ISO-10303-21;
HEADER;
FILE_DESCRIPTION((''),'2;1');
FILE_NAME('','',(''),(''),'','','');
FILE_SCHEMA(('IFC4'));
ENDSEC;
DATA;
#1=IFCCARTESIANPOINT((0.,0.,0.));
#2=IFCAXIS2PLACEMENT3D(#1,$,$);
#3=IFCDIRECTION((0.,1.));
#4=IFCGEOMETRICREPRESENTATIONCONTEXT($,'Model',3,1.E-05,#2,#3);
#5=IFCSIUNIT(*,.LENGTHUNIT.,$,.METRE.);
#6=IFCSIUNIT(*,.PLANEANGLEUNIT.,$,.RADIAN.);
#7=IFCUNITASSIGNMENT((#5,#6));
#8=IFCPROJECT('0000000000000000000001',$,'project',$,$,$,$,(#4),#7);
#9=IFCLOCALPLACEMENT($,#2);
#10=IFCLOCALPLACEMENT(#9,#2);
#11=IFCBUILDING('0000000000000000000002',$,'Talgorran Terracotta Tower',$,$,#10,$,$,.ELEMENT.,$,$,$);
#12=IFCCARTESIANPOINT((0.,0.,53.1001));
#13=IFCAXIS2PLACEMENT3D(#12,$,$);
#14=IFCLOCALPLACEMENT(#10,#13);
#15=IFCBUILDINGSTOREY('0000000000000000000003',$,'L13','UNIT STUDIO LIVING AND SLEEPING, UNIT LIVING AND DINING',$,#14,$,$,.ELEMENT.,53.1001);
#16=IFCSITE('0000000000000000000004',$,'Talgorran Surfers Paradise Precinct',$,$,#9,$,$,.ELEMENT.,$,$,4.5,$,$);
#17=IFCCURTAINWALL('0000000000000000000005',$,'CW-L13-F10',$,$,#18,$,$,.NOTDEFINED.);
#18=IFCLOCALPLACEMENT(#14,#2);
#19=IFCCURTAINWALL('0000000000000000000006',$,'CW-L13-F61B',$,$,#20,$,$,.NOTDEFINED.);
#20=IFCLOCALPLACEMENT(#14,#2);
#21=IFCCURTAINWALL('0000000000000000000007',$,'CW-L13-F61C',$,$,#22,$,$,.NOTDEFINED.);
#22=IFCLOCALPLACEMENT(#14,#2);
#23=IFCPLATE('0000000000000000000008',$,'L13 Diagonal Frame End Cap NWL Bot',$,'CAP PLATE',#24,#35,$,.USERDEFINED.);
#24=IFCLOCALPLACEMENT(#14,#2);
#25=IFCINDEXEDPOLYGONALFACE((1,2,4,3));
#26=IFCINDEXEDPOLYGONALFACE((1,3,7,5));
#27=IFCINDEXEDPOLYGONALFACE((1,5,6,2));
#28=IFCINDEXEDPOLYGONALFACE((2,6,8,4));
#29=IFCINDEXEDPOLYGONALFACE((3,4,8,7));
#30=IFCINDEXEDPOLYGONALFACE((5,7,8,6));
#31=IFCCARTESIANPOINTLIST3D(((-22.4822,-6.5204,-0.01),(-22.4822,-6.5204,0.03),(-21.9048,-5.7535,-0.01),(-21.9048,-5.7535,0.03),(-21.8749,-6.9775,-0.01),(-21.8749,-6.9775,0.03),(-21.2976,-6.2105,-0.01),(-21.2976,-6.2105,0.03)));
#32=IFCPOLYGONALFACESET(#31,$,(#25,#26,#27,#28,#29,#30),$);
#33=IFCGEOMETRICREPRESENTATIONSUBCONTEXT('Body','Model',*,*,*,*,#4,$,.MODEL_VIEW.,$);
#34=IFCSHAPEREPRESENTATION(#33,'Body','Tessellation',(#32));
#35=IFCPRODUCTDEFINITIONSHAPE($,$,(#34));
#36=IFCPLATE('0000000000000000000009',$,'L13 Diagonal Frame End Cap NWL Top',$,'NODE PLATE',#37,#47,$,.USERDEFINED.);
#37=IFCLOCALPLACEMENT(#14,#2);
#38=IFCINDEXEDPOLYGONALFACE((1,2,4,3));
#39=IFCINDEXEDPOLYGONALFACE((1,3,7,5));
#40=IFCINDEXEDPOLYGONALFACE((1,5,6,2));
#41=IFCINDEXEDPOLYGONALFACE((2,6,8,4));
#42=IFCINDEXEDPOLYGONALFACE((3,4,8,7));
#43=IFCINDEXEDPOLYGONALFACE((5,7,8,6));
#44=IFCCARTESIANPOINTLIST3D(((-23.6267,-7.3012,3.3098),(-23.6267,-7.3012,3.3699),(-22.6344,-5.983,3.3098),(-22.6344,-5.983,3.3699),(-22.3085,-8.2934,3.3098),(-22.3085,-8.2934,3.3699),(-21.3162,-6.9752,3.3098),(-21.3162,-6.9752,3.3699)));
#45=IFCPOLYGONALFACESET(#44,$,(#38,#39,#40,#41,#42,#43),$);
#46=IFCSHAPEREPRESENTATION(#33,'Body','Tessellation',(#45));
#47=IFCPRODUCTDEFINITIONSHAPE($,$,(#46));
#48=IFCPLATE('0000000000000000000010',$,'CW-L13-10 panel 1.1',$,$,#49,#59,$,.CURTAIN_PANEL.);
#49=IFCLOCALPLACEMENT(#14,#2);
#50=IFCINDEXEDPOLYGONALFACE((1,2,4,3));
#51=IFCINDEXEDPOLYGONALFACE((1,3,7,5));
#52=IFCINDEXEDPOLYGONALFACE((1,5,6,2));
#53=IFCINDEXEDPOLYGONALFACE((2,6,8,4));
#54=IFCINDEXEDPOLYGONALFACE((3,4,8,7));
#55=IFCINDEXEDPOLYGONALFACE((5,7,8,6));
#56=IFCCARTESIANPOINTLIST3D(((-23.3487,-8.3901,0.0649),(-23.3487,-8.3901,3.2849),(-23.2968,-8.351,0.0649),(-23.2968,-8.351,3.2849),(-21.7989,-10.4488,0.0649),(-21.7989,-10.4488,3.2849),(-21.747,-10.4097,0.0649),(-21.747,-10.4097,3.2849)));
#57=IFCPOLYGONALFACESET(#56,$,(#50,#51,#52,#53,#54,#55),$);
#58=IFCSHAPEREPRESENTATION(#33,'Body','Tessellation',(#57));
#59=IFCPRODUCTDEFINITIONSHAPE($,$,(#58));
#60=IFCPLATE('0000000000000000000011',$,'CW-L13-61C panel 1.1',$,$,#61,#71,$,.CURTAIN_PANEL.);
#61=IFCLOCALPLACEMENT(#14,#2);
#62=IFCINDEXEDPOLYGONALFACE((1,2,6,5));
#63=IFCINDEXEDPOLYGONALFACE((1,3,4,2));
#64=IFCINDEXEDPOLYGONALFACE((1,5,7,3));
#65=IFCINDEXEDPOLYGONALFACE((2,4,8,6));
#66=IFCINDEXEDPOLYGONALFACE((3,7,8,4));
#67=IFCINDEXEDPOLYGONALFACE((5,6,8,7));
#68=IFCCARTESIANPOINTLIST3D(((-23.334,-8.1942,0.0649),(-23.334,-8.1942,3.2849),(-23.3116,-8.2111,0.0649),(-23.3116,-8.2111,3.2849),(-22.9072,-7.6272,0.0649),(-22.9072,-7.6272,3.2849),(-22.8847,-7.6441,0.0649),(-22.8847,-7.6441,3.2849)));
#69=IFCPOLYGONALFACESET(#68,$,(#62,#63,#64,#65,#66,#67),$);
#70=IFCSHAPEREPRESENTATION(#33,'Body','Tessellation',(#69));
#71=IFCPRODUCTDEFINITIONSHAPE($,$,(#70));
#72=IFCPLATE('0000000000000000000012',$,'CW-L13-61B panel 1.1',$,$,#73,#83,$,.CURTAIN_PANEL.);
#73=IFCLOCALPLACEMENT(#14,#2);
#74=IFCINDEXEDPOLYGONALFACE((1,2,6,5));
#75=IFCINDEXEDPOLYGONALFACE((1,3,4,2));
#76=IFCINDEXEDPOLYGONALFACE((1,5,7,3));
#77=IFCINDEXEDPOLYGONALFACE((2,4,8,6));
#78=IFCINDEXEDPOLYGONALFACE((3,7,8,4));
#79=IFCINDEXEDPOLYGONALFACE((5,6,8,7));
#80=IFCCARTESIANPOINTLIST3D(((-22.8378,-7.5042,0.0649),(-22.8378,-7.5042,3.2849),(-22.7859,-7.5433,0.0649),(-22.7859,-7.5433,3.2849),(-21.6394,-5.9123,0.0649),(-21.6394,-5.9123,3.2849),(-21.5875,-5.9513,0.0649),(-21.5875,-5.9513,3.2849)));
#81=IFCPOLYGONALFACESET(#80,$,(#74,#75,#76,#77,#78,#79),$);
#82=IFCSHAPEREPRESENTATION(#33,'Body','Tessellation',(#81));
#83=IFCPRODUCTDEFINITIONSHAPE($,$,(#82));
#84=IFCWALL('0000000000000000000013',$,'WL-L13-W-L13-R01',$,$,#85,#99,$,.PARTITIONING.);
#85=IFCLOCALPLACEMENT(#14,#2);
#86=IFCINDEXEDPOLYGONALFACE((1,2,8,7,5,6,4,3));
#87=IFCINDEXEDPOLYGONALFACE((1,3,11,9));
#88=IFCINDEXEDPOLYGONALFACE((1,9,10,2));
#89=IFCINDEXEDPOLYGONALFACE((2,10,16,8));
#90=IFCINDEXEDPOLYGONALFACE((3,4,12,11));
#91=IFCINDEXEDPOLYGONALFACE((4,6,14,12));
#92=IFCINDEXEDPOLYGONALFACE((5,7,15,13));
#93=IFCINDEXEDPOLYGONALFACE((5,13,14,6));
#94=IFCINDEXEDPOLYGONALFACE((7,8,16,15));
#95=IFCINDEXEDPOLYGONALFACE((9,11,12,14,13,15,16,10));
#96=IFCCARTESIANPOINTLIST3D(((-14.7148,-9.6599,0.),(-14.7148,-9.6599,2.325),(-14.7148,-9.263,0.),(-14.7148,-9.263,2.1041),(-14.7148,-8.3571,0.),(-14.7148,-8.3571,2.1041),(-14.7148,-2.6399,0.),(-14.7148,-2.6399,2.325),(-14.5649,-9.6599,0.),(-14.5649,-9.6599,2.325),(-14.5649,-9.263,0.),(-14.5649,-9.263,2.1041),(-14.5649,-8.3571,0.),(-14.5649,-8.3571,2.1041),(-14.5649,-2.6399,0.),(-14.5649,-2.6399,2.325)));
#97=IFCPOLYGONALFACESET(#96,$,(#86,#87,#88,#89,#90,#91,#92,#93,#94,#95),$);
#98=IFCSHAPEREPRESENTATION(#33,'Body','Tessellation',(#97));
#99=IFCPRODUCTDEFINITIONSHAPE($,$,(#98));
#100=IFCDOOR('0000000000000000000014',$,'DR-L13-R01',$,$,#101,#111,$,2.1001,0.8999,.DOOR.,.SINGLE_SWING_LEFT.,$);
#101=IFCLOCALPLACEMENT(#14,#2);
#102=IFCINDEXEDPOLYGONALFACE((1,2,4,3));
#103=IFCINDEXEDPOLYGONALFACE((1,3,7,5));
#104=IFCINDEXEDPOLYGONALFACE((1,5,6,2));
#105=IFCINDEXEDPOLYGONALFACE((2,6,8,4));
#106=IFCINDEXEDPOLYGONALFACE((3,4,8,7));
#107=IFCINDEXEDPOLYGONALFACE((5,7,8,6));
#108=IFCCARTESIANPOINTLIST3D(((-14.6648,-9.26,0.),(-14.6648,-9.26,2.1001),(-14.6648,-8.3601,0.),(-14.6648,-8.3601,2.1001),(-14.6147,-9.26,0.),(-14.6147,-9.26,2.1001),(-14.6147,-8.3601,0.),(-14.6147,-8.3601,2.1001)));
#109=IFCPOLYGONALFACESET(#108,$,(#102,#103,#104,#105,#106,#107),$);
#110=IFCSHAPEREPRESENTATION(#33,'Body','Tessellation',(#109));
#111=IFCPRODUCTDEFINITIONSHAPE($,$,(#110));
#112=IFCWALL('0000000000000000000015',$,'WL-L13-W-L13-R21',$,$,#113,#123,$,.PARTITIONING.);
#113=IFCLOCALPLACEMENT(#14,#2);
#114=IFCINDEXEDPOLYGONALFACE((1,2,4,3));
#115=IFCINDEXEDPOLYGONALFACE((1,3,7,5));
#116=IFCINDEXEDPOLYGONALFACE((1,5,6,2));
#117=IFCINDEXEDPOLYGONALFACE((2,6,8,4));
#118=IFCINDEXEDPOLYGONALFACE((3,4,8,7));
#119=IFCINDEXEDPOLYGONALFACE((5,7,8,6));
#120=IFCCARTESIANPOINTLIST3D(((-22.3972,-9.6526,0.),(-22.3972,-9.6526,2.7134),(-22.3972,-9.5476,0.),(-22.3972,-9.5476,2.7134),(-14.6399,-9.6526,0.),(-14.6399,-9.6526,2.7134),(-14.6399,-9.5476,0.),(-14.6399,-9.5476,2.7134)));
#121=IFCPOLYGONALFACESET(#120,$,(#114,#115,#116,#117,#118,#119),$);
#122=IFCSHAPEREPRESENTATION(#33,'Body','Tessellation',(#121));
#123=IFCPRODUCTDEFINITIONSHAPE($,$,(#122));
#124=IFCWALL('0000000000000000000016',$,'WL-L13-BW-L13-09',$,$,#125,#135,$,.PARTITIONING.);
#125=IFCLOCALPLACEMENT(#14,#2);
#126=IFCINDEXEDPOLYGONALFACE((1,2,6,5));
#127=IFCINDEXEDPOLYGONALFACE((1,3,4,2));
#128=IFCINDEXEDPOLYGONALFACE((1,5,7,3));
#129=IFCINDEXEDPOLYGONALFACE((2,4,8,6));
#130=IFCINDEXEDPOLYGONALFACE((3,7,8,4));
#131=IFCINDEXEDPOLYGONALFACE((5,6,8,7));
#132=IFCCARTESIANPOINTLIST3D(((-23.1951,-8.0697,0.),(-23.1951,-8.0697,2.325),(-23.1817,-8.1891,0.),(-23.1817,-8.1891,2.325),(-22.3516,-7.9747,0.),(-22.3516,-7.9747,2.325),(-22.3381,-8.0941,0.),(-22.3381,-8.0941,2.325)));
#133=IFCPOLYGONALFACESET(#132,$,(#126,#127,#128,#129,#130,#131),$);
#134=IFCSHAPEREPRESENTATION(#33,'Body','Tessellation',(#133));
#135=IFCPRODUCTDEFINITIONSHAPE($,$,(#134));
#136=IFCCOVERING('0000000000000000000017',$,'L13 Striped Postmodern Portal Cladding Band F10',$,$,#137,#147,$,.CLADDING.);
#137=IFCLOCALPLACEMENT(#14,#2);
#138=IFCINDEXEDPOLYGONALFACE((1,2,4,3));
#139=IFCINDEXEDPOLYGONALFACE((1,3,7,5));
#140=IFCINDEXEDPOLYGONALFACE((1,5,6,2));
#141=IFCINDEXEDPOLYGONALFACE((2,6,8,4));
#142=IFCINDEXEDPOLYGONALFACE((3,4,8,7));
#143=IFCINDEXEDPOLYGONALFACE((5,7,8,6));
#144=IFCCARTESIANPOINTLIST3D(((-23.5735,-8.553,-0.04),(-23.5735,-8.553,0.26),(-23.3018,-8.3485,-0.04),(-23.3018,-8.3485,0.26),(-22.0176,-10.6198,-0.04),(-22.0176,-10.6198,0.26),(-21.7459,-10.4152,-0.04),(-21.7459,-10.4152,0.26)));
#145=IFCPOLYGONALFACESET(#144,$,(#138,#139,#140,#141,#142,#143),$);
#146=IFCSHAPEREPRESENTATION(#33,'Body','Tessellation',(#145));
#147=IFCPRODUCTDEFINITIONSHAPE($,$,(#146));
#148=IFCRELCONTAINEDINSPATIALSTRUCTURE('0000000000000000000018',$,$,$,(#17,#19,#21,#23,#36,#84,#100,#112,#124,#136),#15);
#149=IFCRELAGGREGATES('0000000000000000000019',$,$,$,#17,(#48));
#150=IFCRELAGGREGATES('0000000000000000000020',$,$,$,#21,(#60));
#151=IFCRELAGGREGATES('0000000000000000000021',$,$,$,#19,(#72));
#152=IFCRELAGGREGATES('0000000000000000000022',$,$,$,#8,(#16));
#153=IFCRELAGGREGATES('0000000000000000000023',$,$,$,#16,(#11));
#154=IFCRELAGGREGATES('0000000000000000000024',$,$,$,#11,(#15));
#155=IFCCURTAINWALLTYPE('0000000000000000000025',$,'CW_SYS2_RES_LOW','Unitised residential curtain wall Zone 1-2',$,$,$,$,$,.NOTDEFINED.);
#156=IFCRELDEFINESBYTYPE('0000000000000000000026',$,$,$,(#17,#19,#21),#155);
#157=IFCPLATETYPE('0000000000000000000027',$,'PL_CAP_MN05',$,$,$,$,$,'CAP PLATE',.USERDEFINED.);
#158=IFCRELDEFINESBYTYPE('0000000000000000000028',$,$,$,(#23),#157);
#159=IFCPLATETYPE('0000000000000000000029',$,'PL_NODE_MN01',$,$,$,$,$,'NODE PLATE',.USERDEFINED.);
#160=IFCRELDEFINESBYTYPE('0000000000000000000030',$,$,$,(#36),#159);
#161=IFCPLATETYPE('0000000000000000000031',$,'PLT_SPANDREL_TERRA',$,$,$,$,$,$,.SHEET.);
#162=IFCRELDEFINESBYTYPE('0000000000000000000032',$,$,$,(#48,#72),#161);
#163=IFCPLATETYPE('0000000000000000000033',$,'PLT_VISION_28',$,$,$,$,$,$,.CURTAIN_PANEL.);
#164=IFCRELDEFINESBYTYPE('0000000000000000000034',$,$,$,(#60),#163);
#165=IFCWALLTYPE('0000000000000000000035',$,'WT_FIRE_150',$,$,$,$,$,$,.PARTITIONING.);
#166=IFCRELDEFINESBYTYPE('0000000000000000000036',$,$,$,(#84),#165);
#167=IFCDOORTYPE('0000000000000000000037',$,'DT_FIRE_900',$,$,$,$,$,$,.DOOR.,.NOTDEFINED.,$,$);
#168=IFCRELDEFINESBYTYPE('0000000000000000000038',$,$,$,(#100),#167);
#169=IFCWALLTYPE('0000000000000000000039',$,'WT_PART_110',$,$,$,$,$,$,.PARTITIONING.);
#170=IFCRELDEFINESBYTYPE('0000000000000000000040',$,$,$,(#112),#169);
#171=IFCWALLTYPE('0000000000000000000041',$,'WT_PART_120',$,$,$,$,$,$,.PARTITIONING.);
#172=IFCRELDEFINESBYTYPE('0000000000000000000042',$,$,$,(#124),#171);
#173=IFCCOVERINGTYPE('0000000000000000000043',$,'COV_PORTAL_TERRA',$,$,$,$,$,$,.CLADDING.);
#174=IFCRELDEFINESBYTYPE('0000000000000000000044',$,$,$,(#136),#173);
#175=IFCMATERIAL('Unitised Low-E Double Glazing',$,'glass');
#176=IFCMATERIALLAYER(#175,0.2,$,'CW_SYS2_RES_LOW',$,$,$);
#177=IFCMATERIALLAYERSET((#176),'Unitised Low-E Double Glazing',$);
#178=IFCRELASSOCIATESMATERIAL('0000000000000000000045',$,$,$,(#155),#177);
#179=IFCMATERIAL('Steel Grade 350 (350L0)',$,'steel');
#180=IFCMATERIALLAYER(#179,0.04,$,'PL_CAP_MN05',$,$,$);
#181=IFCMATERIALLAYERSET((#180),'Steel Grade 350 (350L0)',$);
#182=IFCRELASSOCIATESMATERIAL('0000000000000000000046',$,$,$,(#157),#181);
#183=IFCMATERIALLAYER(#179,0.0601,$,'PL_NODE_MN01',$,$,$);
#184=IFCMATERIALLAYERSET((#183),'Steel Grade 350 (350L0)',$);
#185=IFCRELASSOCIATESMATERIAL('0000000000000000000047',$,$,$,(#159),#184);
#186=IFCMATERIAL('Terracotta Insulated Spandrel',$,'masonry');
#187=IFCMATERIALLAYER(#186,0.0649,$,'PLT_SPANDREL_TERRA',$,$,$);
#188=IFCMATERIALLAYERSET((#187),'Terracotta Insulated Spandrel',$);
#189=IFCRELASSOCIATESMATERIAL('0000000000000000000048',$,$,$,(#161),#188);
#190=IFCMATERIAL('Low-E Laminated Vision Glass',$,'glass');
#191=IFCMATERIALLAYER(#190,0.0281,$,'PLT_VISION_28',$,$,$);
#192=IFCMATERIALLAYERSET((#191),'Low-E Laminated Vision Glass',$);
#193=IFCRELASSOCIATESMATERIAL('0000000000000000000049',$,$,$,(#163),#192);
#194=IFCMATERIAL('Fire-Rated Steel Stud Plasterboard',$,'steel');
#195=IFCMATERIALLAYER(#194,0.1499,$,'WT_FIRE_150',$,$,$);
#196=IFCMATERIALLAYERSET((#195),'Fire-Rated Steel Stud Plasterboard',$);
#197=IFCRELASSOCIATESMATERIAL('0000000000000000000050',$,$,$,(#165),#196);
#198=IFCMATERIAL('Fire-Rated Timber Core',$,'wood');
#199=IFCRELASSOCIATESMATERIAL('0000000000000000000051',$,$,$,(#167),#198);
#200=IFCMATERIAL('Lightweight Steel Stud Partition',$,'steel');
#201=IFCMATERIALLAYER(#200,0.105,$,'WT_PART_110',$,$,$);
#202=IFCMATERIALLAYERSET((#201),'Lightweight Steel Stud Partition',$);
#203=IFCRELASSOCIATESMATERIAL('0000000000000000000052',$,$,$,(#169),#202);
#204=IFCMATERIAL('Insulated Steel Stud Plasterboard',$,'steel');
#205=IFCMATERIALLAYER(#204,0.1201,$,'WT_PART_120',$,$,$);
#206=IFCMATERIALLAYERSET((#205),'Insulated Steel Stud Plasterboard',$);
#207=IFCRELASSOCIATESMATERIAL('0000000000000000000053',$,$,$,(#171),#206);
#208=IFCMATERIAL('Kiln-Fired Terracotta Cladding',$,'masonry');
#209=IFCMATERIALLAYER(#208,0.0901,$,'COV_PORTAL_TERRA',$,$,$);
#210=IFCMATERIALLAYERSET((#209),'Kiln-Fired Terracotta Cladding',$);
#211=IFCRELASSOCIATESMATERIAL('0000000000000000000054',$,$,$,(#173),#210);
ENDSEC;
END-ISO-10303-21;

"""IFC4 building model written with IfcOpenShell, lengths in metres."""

from ifc_helpers import new_model, si_unit, direction, frame, frame_2d, origin, origin_2d, place, context, subcontext, project, spatial, rectangle, extrude, source, transform, mapped, material, layer, layer_set, type_object, type_shapes, element, fill, aggregate, save


model = new_model("IFC4")

# Units and contexts
model_context = context("Model", 3, precision=1e-05, world=origin(), true_north=direction((0.0, 1.0)))
body_context = subcontext(model_context, "Body", "Model", "MODEL_VIEW")
ifc_project = project(units=[si_unit("LENGTHUNIT", "METRE"), si_unit("PLANEANGLEUNIT", "RADIAN")], contexts=[model_context])

# Site, building, storey
site_placement = place(None, origin())
site = spatial("IfcSite", under=ifc_project, at=site_placement, Name="Talgorran Surfers Paradise Precinct", CompositionType="ELEMENT", RefElevation=4.5)
building_placement = place(site_placement, origin())
building = spatial("IfcBuilding", under=site, at=building_placement, Name="Talgorran Terracotta Tower", CompositionType="ELEMENT")
storey_placement = place(building_placement, frame((0.0, 0.0, 53.1001)))
storey = spatial("IfcBuildingStorey", under=building, at=storey_placement, Name="L13", Description="UNIT STUDIO LIVING AND SLEEPING, UNIT LIVING AND DINING", CompositionType="ELEMENT", Elevation=53.1001)

# Shared definitions
ifc_material_1 = material(Name="Steel Grade 350 (350L0)", Category="steel")

# Curtain wall
ifc_material_2 = material(Name="Unitised Low-E Double Glazing", Category="glass")
ifc_layer_1 = layer(ifc_material_2, 0.2, Name="CW_SYS2_RES_LOW")
ifc_layer_set_1 = layer_set([ifc_layer_1], Name="Unitised Low-E Double Glazing")
curtain_wall_type = type_object("IfcCurtainWallType", Name="CW_SYS2_RES_LOW", Description="Unitised residential curtain wall Zone 1-2", PredefinedType="NOTDEFINED", material=ifc_layer_set_1)
curtain_wall_1_placement = place(storey_placement, origin())
curtain_wall_1 = element("IfcCurtainWall", 1, at=curtain_wall_1_placement, inside=storey, type_object=curtain_wall_type, Name="CW-L13-F10", PredefinedType="NOTDEFINED")

# Curtain wall
curtain_wall_2_placement = place(storey_placement, origin())
curtain_wall_2 = element("IfcCurtainWall", 2, at=curtain_wall_2_placement, inside=storey, type_object=curtain_wall_type, Name="CW-L13-F61B", PredefinedType="NOTDEFINED")

# Curtain wall
curtain_wall_3_placement = place(storey_placement, origin())
curtain_wall_3 = element("IfcCurtainWall", 3, at=curtain_wall_3_placement, inside=storey, type_object=curtain_wall_type, Name="CW-L13-F61C", PredefinedType="NOTDEFINED")

# Plates
ifc_layer_2 = layer(ifc_material_1, 0.04, Name="PL_CAP_MN05")
ifc_layer_set_2 = layer_set([ifc_layer_2], Name="Steel Grade 350 (350L0)")
plate_type_1 = type_object("IfcPlateType", Name="PL_CAP_MN05", ElementType="CAP PLATE", PredefinedType="USERDEFINED", material=ifc_layer_set_2)
plate_1_placement = place(storey_placement, frame((-21.8899, -6.3655, -0.01), z_axis=(0.0, 0.0, 1.0), x_axis=(-0.601397, -0.798951, 0.0)))
element("IfcPlate", 4, at=plate_1_placement, inside=storey, type_object=plate_type_1, Name="L13 Diagonal Frame End Cap NWL Bot", ObjectType="CAP PLATE", PredefinedType="USERDEFINED", context=body_context, shape_type="SweptSolid", body=[
    extrude(rectangle(XDim=0.96, YDim=0.76, at=origin_2d()), origin(), (0.0, 0.0, 1.0), 0.04),
])
ifc_layer_3 = layer(ifc_material_1, 0.0601, Name="PL_NODE_MN01")
ifc_layer_set_3 = layer_set([ifc_layer_3], Name="Steel Grade 350 (350L0)")
plate_type_2 = type_object("IfcPlateType", Name="PL_NODE_MN01", ElementType="NODE PLATE", PredefinedType="USERDEFINED", material=ifc_layer_set_3)
plate_2_placement = place(storey_placement, frame((-22.4714, -7.1382, 3.3098), z_axis=(0.0, 0.0, 1.0), x_axis=(-0.601397, -0.798951, 0.0)))
element("IfcPlate", 5, at=plate_2_placement, inside=storey, type_object=plate_type_2, Name="L13 Diagonal Frame End Cap NWL Top", ObjectType="NODE PLATE", PredefinedType="USERDEFINED", context=body_context, shape_type="SweptSolid", body=[
    extrude(rectangle(XDim=1.6499, YDim=1.6499, at=origin_2d()), origin(), (0.0, 0.0, 1.0), 0.0601),
])

# Plates
ifc_material_3 = material(Name="Terracotta Insulated Spandrel", Category="masonry")
ifc_layer_4 = layer(ifc_material_3, 0.0649, Name="PLT_SPANDREL_TERRA")
ifc_layer_set_4 = layer_set([ifc_layer_4], Name="Terracotta Insulated Spandrel")
plate_type_3 = type_object("IfcPlateType", Name="PLT_SPANDREL_TERRA", PredefinedType="SHEET", material=ifc_layer_set_4)
shared_shape_1 = source(origin(), body_context, "Body", "SweptSolid", [
    extrude(rectangle(XDim=2.5769, YDim=0.0649, at=origin_2d()), origin(), (0.0, 0.0, 1.0), 3.22),
])
plate_3_placement = place(storey_placement, frame((-22.5479, -9.3999, 0.0649), z_axis=(0.0, 0.0, 1.0), x_axis=(0.601435, -0.798922, 0.0)))
plate_3 = element("IfcPlate", 6, at=plate_3_placement, type_object=plate_type_3, Name="CW-L13-10 panel 1.1", PredefinedType="CURTAIN_PANEL", context=body_context, shape_type="MappedRepresentation", body=[
    mapped(shared_shape_1, transform((0.0, 0.0, 0.0), scale=1.0)),
])
aggregate(curtain_wall_1, [plate_3])
ifc_material_4 = material(Name="Low-E Laminated Vision Glass", Category="glass")
ifc_layer_5 = layer(ifc_material_4, 0.0281, Name="PLT_VISION_28")
ifc_layer_set_5 = layer_set([ifc_layer_5], Name="Low-E Laminated Vision Glass")
plate_type_4 = type_object("IfcPlateType", Name="PLT_VISION_28", PredefinedType="CURTAIN_PANEL", material=ifc_layer_set_5)
shared_shape_2 = source(origin(), body_context, "Body", "SweptSolid", [
    extrude(rectangle(XDim=0.7097, YDim=0.0281, at=origin_2d()), origin(), (0.0, 0.0, 1.0), 3.22),
])
type_shapes(plate_type_4, [shared_shape_2])
plate_4_placement = place(storey_placement, frame((-23.1094, -7.9192, 0.0649), z_axis=(0.0, 0.0, 1.0), x_axis=(-0.601447, -0.798913, 0.0)))
plate_4 = element("IfcPlate", 7, at=plate_4_placement, type_object=plate_type_4, Name="CW-L13-61C panel 1.1", PredefinedType="CURTAIN_PANEL", context=body_context, shape_type="MappedRepresentation", body=[
    mapped(shared_shape_2, transform((0.0, 0.0, 0.0), scale=1.0)),
])
aggregate(curtain_wall_3, [plate_4])
shared_shape_3 = source(origin(), body_context, "Body", "SweptSolid", [
    extrude(rectangle(XDim=1.9927, YDim=0.0649, at=origin_2d()), origin(), (0.0, 0.0, 1.0), 3.22),
])
type_shapes(plate_type_3, [shared_shape_1, shared_shape_3])
plate_5_placement = place(storey_placement, frame((-22.2126, -6.7278, 0.0649), z_axis=(0.0, 0.0, 1.0), x_axis=(-0.601439, -0.798919, 0.0)))
plate_5 = element("IfcPlate", 8, at=plate_5_placement, type_object=plate_type_3, Name="CW-L13-61B panel 1.1", PredefinedType="CURTAIN_PANEL", context=body_context, shape_type="MappedRepresentation", body=[
    mapped(shared_shape_3, transform((0.0, 0.0, 0.0), scale=1.0)),
])
aggregate(curtain_wall_2, [plate_5])

# Wall, opening, door
ifc_material_5 = material(Name="Fire-Rated Steel Stud Plasterboard", Category="steel")
ifc_layer_6 = layer(ifc_material_5, 0.1499, Name="WT_FIRE_150")
ifc_layer_set_6 = layer_set([ifc_layer_6], Name="Fire-Rated Steel Stud Plasterboard")
wall_type_1 = type_object("IfcWallType", Name="WT_FIRE_150", PredefinedType="PARTITIONING", material=ifc_layer_set_6)
wall_1_placement = place(storey_placement, frame((-14.6399, -9.6599, 0.0), z_axis=(0.0, 0.0, 1.0), x_axis=(0.0, 1.0, 0.0)))
wall_1 = element("IfcWall", 9, at=wall_1_placement, inside=storey, type_object=wall_type_1, Name="WL-L13-W-L13-R01", PredefinedType="PARTITIONING", context=body_context, shape_type="SweptSolid", body=[
    extrude(rectangle(XDim=7.02, YDim=0.1499, at=frame_2d((3.51, 0.0))), origin(), (0.0, 0.0, 1.0), 2.325),
])
opening_placement = place(wall_1_placement, frame((0.3999, 0.0, 0.0)))
opening = element("IfcOpeningElement", 10, at=opening_placement, cuts=wall_1, PredefinedType="OPENING", context=body_context, shape_type="SweptSolid", body=[
    extrude(rectangle(XDim=0.9059, YDim=2.1041, at=frame_2d((0.45, 1.052))), frame((0.0, 0.085, 0.0), z_axis=(0.0, -1.0, 0.0), x_axis=(1.0, 0.0, 0.0)), (0.0, 0.0, 1.0), 0.1699),
])
ifc_material_6 = material(Name="Fire-Rated Timber Core", Category="wood")
door_type = type_object("IfcDoorType", Name="DT_FIRE_900", OperationType="NOTDEFINED", PredefinedType="DOOR", material=ifc_material_6)
door_placement = place(opening_placement, origin())
door = element("IfcDoor", 11, at=door_placement, inside=storey, type_object=door_type, Name="DR-L13-R01", OperationType="SINGLE_SWING_LEFT", OverallHeight=2.1001, OverallWidth=0.8999, PredefinedType="DOOR", context=body_context, shape_type="SweptSolid", body=[
    extrude(rectangle(XDim=0.8999, YDim=2.1001, at=frame_2d((0.45, 1.05))), frame((0.0, 0.0249, 0.0), z_axis=(0.0, -1.0, 0.0), x_axis=(1.0, 0.0, 0.0)), (0.0, 0.0, 1.0), 0.05),
])
fill(opening, door)

# Walls
ifc_material_7 = material(Name="Lightweight Steel Stud Partition", Category="steel")
ifc_layer_7 = layer(ifc_material_7, 0.105, Name="WT_PART_110")
ifc_layer_set_7 = layer_set([ifc_layer_7], Name="Lightweight Steel Stud Partition")
wall_type_2 = type_object("IfcWallType", Name="WT_PART_110", PredefinedType="PARTITIONING", material=ifc_layer_set_7)
wall_2_placement = place(storey_placement, frame((-22.3972, -9.6001, 0.0), z_axis=(0.0, 0.0, 1.0), x_axis=(1.0, 0.0, 0.0)))
element("IfcWall", 12, at=wall_2_placement, inside=storey, type_object=wall_type_2, Name="WL-L13-W-L13-R21", PredefinedType="PARTITIONING", context=body_context, shape_type="SweptSolid", body=[
    extrude(rectangle(XDim=7.7573, YDim=0.105, at=frame_2d((3.8787, 0.0))), origin(), (0.0, 0.0, 1.0), 2.7134),
])
ifc_material_8 = material(Name="Insulated Steel Stud Plasterboard", Category="steel")
ifc_layer_8 = layer(ifc_material_8, 0.1201, Name="WT_PART_120")
ifc_layer_set_8 = layer_set([ifc_layer_8], Name="Insulated Steel Stud Plasterboard")
wall_type_3 = type_object("IfcWallType", Name="WT_PART_120", PredefinedType="PARTITIONING", material=ifc_layer_set_8)
wall_3_placement = place(storey_placement, frame((-22.345, -8.0344, 0.0), z_axis=(0.0, 0.0, 1.0), x_axis=(-0.993721, -0.111884, 0.0)))
element("IfcWall", 13, at=wall_3_placement, inside=storey, type_object=wall_type_3, Name="WL-L13-BW-L13-09", PredefinedType="PARTITIONING", context=body_context, shape_type="SweptSolid", body=[
    extrude(rectangle(XDim=0.8489, YDim=0.1201, at=frame_2d((0.4243, 0.0))), origin(), (0.0, 0.0, 1.0), 2.325),
])

# Covering
ifc_material_9 = material(Name="Kiln-Fired Terracotta Cladding", Category="masonry")
ifc_layer_9 = layer(ifc_material_9, 0.0901, Name="COV_PORTAL_TERRA")
ifc_layer_set_9 = layer_set([ifc_layer_9], Name="Kiln-Fired Terracotta Cladding")
covering_type = type_object("IfcCoveringType", Name="COV_PORTAL_TERRA", PredefinedType="CLADDING", material=ifc_layer_set_9)
covering_placement = place(storey_placement, frame((-22.6597, -9.4841, -0.04), z_axis=(0.0, 0.0, 1.0), x_axis=(0.601439, -0.798919, 0.0)))
element("IfcCovering", 14, at=covering_placement, inside=storey, type_object=covering_type, Name="L13 Striped Postmodern Portal Cladding Band F10", PredefinedType="CLADDING", context=body_context, shape_type="SweptSolid", body=[
    extrude(rectangle(XDim=2.5869, YDim=0.3401, at=origin_2d()), origin(), (0.0, 0.0, 1.0), 0.3),
])

save(model, "model.ifc")
